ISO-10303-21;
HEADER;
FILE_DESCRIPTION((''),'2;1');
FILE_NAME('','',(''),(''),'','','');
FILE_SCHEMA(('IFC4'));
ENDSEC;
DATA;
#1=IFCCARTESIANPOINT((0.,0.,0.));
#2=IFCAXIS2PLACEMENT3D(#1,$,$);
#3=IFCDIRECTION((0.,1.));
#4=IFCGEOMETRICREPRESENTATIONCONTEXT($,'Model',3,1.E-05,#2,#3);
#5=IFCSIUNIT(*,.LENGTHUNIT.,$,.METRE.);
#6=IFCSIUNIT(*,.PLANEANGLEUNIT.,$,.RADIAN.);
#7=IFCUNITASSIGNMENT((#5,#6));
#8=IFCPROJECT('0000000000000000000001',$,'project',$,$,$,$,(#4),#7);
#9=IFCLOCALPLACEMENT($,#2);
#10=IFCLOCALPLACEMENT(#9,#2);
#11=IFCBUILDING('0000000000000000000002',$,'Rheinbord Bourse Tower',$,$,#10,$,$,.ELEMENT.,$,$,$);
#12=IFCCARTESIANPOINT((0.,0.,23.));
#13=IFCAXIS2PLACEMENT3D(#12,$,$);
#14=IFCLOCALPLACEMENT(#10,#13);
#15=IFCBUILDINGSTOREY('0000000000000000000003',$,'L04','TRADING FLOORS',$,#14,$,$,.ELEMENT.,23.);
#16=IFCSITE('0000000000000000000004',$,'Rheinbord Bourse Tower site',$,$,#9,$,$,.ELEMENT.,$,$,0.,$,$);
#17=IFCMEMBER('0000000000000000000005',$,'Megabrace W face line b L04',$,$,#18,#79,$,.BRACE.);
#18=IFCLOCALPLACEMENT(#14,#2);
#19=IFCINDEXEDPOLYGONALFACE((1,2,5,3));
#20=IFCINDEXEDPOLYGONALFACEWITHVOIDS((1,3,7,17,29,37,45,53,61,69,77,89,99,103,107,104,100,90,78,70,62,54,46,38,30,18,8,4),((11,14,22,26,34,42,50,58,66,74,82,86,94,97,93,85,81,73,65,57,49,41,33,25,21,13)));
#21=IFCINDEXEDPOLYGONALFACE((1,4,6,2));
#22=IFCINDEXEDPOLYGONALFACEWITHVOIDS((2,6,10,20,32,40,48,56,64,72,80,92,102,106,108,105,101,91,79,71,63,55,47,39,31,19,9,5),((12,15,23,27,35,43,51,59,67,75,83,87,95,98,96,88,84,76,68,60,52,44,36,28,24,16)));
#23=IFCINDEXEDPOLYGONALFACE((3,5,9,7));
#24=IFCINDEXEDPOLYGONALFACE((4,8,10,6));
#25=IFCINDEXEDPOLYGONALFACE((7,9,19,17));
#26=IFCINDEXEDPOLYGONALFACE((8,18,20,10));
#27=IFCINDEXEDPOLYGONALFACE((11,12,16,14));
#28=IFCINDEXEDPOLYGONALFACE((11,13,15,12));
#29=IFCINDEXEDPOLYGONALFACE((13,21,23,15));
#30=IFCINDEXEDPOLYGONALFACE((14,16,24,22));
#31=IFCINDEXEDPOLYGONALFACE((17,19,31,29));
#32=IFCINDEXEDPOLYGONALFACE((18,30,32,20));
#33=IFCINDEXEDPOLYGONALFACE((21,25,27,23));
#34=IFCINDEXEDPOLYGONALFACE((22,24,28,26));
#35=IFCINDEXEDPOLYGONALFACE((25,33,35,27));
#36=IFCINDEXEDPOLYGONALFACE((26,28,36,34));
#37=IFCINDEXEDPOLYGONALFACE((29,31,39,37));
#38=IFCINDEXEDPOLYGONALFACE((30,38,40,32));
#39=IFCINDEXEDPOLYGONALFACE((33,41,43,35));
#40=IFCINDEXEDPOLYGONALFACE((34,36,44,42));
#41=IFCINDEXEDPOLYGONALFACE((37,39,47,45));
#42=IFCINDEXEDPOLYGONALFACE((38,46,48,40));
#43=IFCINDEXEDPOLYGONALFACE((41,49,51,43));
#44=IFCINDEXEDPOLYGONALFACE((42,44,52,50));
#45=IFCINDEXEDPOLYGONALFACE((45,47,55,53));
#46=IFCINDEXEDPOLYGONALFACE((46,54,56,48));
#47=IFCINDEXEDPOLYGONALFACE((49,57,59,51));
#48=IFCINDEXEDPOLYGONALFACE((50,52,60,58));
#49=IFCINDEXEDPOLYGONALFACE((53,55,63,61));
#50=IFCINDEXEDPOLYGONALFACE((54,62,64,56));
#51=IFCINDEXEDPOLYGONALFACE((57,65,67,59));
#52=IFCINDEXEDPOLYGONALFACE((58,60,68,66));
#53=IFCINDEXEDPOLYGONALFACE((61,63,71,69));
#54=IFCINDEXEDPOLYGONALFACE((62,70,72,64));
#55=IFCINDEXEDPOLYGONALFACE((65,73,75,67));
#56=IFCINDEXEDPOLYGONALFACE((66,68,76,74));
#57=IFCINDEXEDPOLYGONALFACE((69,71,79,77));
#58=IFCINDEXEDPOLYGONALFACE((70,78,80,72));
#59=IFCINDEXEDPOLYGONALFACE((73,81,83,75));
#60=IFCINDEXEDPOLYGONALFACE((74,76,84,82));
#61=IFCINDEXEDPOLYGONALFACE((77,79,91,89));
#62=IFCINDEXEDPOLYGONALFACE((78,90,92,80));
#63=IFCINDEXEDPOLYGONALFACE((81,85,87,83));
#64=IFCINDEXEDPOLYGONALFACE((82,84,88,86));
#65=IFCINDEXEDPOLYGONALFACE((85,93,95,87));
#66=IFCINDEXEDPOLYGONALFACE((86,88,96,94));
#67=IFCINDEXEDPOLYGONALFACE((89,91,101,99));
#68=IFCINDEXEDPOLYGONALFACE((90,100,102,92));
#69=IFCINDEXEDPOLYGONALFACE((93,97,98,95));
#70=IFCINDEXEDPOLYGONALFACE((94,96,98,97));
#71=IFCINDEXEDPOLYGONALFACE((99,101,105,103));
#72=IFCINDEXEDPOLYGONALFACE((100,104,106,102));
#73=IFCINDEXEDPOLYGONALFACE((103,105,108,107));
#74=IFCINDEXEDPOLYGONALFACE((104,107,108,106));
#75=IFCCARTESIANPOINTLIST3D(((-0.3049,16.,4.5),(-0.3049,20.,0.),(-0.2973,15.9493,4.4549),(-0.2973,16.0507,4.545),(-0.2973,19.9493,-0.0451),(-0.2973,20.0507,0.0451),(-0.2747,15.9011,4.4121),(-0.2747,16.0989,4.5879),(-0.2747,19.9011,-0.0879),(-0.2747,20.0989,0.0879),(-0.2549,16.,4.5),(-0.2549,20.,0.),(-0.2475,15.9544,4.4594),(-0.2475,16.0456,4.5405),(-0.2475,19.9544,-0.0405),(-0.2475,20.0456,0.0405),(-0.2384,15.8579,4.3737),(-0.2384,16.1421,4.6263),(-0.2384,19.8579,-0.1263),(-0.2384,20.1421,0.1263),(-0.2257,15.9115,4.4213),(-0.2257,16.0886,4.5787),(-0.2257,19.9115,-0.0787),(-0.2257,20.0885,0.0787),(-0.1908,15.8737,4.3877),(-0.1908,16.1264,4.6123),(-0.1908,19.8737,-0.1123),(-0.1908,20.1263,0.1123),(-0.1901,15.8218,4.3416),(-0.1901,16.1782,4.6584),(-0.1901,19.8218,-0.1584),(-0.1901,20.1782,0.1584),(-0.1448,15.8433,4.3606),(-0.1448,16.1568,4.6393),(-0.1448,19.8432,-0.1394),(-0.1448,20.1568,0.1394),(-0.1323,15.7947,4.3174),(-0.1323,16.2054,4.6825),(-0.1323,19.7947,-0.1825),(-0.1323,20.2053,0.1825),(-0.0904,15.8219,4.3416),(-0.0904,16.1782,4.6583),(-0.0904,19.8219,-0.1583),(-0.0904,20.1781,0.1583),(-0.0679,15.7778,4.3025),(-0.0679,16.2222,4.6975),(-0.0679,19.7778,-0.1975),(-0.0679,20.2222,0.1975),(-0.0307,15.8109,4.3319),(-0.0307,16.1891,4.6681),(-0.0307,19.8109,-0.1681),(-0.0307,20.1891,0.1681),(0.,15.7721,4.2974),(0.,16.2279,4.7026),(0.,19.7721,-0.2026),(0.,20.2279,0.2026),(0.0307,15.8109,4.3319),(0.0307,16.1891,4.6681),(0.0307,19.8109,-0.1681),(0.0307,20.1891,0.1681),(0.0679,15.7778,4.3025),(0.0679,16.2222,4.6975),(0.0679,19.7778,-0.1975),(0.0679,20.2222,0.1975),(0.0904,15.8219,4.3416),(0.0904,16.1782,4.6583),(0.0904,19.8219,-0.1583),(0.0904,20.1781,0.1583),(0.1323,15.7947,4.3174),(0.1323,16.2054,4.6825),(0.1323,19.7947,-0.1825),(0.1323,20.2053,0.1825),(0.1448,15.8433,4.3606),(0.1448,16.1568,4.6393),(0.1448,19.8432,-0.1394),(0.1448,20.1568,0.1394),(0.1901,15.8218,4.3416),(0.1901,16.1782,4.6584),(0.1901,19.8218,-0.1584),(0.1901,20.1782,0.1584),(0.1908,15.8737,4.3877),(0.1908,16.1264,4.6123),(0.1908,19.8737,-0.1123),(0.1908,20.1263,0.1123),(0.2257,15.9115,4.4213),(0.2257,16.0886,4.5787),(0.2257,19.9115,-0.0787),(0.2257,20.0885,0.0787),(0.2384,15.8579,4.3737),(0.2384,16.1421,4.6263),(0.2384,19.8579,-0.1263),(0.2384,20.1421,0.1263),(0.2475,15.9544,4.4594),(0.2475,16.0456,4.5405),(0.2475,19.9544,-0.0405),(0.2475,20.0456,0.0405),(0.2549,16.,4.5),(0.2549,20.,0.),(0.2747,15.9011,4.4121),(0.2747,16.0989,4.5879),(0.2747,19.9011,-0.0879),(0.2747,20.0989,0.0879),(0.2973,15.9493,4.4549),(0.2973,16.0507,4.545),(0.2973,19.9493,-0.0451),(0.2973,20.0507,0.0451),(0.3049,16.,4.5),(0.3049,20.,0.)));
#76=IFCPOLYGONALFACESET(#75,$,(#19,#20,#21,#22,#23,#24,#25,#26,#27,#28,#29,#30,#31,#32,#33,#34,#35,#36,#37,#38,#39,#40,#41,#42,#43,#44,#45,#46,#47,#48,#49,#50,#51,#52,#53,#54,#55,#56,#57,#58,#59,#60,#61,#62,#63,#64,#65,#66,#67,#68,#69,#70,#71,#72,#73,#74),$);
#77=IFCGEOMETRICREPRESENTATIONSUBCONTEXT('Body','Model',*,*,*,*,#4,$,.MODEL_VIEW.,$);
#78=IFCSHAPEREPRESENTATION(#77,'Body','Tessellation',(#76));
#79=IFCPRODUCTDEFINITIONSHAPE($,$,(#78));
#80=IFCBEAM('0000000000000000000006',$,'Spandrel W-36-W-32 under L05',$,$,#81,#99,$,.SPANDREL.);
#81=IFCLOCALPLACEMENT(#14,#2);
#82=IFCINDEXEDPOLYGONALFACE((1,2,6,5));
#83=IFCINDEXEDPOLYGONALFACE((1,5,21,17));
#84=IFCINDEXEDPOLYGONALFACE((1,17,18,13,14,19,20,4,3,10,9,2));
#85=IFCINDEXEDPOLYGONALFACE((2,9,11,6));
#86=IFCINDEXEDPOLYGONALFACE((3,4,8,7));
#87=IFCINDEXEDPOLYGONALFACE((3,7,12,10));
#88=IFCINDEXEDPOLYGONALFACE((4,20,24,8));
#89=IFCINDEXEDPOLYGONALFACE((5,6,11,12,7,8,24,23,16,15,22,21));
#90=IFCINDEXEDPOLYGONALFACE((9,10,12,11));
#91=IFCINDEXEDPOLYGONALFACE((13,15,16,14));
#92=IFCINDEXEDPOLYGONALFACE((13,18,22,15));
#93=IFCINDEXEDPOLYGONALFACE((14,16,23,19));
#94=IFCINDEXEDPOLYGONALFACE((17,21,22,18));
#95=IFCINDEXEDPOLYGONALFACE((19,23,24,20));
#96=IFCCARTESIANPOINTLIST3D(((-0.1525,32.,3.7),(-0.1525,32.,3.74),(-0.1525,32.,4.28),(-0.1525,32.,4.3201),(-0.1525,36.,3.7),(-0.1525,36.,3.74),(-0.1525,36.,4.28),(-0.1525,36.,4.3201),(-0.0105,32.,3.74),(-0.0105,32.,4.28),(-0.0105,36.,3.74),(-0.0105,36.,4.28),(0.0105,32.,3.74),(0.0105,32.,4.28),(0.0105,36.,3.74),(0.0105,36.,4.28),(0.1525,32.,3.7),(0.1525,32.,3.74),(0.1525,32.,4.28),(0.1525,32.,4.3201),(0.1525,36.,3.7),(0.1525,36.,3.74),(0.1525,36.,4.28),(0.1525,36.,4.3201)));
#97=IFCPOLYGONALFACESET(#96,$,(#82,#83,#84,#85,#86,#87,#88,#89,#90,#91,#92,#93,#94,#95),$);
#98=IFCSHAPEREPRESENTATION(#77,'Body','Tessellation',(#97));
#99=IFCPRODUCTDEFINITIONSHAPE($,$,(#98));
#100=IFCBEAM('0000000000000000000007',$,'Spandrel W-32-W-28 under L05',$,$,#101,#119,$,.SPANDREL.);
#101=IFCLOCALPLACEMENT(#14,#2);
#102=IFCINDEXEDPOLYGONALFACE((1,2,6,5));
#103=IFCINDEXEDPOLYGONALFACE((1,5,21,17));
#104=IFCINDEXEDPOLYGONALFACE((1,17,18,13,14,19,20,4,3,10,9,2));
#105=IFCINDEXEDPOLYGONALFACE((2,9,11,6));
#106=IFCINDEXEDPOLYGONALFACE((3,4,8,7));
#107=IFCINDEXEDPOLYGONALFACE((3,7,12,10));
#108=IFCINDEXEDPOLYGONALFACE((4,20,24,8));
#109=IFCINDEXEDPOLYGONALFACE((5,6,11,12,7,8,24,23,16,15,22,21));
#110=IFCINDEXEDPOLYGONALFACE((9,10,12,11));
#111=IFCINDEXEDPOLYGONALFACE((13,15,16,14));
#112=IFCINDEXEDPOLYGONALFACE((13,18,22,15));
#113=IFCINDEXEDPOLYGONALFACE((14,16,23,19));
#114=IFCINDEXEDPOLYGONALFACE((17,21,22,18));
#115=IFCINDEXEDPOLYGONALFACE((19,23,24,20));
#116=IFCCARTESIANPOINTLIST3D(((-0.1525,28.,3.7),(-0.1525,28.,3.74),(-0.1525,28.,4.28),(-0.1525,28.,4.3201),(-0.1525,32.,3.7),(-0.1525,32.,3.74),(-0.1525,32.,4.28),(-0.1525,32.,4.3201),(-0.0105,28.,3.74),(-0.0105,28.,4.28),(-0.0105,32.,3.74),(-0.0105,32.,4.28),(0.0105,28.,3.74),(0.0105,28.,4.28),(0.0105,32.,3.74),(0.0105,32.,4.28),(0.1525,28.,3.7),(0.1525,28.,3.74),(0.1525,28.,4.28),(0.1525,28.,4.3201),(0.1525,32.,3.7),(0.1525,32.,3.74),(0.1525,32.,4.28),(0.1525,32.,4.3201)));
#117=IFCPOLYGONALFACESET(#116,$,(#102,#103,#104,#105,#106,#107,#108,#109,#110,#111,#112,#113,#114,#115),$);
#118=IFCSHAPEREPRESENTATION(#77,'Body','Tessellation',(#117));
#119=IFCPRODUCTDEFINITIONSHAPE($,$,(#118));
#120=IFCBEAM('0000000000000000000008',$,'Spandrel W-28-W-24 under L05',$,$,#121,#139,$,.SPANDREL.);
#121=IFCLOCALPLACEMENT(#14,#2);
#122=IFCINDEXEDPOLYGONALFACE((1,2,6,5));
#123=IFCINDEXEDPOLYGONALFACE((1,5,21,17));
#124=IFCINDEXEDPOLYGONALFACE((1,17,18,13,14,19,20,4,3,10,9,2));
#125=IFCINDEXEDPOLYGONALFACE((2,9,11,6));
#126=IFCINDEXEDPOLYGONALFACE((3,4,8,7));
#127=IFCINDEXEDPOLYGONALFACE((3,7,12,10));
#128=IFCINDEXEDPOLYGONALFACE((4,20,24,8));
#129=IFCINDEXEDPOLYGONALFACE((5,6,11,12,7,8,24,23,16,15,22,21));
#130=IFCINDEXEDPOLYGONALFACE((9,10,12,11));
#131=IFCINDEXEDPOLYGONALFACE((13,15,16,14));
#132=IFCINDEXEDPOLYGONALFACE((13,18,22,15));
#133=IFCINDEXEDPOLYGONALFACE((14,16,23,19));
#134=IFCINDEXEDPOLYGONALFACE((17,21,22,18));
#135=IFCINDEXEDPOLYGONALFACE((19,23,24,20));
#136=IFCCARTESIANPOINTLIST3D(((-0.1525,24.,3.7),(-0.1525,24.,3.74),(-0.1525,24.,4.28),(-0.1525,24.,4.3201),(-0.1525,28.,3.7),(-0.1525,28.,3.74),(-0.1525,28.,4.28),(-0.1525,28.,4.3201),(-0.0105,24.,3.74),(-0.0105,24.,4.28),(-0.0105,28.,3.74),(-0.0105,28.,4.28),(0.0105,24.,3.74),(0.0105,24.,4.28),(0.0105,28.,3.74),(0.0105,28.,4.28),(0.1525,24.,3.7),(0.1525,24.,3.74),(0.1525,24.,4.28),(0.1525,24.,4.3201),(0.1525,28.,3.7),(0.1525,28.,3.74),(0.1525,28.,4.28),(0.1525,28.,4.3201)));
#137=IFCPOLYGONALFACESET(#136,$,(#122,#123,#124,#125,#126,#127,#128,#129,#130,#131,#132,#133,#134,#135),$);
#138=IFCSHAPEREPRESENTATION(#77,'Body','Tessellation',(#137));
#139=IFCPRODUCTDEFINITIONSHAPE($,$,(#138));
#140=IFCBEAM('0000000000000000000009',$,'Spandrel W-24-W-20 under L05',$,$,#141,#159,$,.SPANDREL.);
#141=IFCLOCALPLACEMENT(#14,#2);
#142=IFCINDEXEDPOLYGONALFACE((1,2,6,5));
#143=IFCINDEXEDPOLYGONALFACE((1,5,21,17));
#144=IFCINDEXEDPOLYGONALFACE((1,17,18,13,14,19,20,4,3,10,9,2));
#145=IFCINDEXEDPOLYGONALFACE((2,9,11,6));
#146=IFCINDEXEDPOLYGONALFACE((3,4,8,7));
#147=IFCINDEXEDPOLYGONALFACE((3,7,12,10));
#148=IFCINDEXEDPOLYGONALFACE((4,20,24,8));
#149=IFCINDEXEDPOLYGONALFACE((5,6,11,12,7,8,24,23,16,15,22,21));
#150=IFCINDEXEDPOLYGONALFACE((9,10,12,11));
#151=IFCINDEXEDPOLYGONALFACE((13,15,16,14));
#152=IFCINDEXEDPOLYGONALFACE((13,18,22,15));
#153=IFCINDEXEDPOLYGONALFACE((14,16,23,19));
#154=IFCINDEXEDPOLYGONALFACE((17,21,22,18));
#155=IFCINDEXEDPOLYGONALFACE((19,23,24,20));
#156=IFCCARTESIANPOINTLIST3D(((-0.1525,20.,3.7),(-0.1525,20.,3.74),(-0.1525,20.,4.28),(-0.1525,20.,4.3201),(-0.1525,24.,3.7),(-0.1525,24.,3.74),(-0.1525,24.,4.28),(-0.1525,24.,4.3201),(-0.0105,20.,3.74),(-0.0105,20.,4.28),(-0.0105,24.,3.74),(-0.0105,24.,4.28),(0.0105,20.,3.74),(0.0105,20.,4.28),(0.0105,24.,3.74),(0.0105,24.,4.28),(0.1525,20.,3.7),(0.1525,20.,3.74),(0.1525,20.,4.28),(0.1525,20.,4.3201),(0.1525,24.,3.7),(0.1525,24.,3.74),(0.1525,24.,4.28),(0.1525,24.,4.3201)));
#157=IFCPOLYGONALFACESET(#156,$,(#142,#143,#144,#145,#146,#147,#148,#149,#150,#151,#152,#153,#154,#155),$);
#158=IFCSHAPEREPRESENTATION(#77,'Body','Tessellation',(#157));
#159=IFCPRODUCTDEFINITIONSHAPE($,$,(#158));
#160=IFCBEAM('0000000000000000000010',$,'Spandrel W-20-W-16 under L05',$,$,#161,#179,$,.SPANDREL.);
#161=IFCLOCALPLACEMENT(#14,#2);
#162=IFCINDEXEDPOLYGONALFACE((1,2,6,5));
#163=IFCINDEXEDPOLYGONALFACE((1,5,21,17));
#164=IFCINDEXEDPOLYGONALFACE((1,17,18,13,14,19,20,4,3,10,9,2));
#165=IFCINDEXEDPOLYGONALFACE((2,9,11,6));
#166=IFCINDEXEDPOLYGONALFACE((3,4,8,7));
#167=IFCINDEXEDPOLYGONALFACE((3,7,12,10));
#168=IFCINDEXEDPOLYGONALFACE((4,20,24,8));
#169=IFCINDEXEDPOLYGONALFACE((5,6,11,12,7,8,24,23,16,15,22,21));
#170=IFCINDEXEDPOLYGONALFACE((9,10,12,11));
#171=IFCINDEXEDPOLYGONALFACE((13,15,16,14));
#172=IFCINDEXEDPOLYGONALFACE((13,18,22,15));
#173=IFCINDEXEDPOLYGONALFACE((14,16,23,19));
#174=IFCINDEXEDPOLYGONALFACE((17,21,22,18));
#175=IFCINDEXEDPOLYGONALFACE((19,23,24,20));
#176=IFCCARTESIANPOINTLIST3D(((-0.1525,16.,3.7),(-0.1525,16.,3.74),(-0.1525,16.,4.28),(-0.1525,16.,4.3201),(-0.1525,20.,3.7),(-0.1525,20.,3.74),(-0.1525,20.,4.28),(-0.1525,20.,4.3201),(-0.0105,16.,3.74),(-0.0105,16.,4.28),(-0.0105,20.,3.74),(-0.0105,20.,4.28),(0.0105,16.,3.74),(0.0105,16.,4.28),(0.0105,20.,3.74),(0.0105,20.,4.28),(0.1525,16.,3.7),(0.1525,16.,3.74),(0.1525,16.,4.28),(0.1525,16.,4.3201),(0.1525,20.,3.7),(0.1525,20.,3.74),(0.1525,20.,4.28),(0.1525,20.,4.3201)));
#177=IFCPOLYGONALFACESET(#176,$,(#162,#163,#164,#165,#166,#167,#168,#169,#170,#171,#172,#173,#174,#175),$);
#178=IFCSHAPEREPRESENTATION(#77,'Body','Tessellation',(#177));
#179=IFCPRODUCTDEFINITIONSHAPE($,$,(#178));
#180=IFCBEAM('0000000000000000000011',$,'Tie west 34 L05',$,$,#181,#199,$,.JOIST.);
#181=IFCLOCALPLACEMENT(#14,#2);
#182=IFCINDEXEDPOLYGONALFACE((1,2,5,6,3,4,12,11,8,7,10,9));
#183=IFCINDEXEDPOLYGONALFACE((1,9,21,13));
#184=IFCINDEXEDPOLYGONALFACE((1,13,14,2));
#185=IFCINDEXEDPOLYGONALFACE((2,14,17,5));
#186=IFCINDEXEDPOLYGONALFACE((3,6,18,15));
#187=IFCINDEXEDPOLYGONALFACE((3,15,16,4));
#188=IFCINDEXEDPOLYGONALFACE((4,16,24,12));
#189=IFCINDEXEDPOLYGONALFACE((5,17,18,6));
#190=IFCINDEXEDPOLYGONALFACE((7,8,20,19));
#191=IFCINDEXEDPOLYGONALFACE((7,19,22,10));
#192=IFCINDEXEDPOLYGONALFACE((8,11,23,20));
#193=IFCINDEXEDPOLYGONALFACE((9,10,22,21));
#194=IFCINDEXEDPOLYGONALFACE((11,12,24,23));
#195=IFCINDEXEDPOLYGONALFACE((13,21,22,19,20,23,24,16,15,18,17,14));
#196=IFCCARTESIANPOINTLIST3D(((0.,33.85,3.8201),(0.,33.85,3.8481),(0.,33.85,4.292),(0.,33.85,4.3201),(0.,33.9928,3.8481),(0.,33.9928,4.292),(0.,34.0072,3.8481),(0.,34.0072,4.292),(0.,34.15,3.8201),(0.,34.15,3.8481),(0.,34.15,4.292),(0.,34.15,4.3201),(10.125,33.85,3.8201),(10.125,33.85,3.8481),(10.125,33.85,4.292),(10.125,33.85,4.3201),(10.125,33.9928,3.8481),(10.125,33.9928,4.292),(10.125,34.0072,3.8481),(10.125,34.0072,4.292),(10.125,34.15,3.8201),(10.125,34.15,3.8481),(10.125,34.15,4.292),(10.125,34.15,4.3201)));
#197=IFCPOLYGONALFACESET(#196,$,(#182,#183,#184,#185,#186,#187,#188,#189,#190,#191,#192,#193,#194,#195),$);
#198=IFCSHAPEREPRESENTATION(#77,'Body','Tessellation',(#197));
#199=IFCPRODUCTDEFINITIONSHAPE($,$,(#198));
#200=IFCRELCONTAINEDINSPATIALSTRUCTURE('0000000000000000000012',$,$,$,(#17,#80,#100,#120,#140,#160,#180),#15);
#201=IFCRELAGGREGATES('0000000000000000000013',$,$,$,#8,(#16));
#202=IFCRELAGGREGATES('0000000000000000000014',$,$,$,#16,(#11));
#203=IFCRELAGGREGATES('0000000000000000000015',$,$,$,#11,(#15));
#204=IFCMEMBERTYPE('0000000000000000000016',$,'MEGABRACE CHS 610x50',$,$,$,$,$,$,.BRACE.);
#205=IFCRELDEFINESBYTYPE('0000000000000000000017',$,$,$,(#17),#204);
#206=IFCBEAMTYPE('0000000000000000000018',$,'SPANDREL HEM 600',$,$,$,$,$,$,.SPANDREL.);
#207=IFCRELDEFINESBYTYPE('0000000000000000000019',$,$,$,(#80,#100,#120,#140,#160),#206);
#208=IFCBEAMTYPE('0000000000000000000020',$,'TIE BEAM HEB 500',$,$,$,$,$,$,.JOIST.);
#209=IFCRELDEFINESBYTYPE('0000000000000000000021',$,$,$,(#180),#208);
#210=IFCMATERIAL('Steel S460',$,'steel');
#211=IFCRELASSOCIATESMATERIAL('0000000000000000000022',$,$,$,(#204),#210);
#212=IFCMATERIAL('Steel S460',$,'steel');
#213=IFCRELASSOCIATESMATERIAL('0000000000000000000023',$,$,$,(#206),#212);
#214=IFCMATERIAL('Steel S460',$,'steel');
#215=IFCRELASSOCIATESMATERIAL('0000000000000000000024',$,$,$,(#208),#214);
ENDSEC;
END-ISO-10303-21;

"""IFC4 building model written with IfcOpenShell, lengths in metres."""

from ifc_helpers import new_model, si_unit, direction, frame, origin, origin_2d, place, context, subcontext, project, spatial, hollow_circle, i_section, extrude, material, material_profile, profile_set, type_object, element, save


model = new_model("IFC4")

# Units and contexts
model_context = context("Model", 3, precision=1e-05, world=origin(), true_north=direction((0.0, 1.0)))
body_context = subcontext(model_context, "Body", "Model", "MODEL_VIEW")
ifc_project = project(units=[si_unit("LENGTHUNIT", "METRE"), si_unit("PLANEANGLEUNIT", "RADIAN")], contexts=[model_context])

# Site, building, storey
site_placement = place(None, origin())
site = spatial("IfcSite", under=ifc_project, at=site_placement, Name="Rheinbord Bourse Tower site", CompositionType="ELEMENT", RefElevation=0.0)
building_placement = place(site_placement, origin())
building = spatial("IfcBuilding", under=site, at=building_placement, Name="Rheinbord Bourse Tower", CompositionType="ELEMENT")
storey_placement = place(building_placement, frame((0.0, 0.0, 23.0)))
storey = spatial("IfcBuildingStorey", under=building, at=storey_placement, Name="L04", Description="TRADING FLOORS", CompositionType="ELEMENT", Elevation=23.0)

# Member
ifc_material_1 = material(Name="Steel S460", Category="steel")
ifc_material_profile_1 = material_profile(ifc_material_1, hollow_circle(Radius=0.3049, WallThickness=0.05, at=origin_2d()), Name="CHS 610x50")
ifc_profile_set_1 = profile_set([ifc_material_profile_1], Name="Steel S460")
member_type_1 = type_object("IfcMemberType", Name="MEGABRACE CHS 610x50", PredefinedType="BRACE", material=ifc_profile_set_1)
for number, where, z_axis, x_axis, name in (
    (1, (0.0, 20.0, 0.0), (0.0, -0.664364, 0.747409), (1.0, 0.0, 0.0), "Megabrace W face line b L04"),
):
    element("IfcMember", number, at=place(storey_placement, frame(where, z_axis=z_axis, x_axis=x_axis)), inside=storey, type_object=member_type_1, Name=name, PredefinedType="BRACE", context=body_context, shape_type="SweptSolid", body=[
        extrude(hollow_circle(Radius=0.3049, WallThickness=0.05, at=origin_2d()), origin(), (0.0, 0.0, 1.0), 6.0208),
    ])

# Beams
ifc_material_2 = material(Name="Steel S460", Category="steel")
ifc_material_profile_2 = material_profile(ifc_material_2, i_section(OverallWidth=0.3049, OverallDepth=0.6201, WebThickness=0.021, FlangeThickness=0.04, at=origin_2d()), Name="HEM 600")
ifc_profile_set_2 = profile_set([ifc_material_profile_2], Name="Steel S460")
beam_type_1 = type_object("IfcBeamType", Name="SPANDREL HEM 600", PredefinedType="SPANDREL", material=ifc_profile_set_2)
for number, where, z_axis, x_axis, name in (
    (2, (0.0, 36.0, 4.01), (0.0, -1.0, 0.0), (1.0, 0.0, 0.0), "Spandrel W-36-W-32 under L05"),
    (3, (0.0, 32.0, 4.01), (0.0, -1.0, 0.0), (1.0, 0.0, 0.0), "Spandrel W-32-W-28 under L05"),
    (4, (0.0, 28.0, 4.01), (0.0, -1.0, 0.0), (1.0, 0.0, 0.0), "Spandrel W-28-W-24 under L05"),
    (5, (0.0, 24.0, 4.01), (0.0, -1.0, 0.0), (1.0, 0.0, 0.0), "Spandrel W-24-W-20 under L05"),
    (6, (0.0, 20.0, 4.01), (0.0, -1.0, 0.0), (1.0, 0.0, 0.0), "Spandrel W-20-W-16 under L05"),
):
    element("IfcBeam", number, at=place(storey_placement, frame(where, z_axis=z_axis, x_axis=x_axis)), inside=storey, type_object=beam_type_1, Name=name, PredefinedType="SPANDREL", context=body_context, shape_type="SweptSolid", body=[
        extrude(i_section(OverallWidth=0.3049, OverallDepth=0.6201, WebThickness=0.021, FlangeThickness=0.04, at=origin_2d()), origin(), (0.0, 0.0, 1.0), 4.0),
    ])
ifc_material_3 = material(Name="Steel S460", Category="steel")
ifc_material_profile_3 = material_profile(ifc_material_3, i_section(OverallWidth=0.3, OverallDepth=0.5, WebThickness=0.0144, FlangeThickness=0.0281, at=origin_2d()), Name="HEB 500")
ifc_profile_set_3 = profile_set([ifc_material_profile_3], Name="Steel S460")
beam_type_2 = type_object("IfcBeamType", Name="TIE BEAM HEB 500", PredefinedType="JOIST", material=ifc_profile_set_3)
beam_1_placement = place(storey_placement, frame((0.0, 34.0, 4.0701), z_axis=(1.0, 0.0, 0.0), x_axis=(0.0, 1.0, 0.0)))
element("IfcBeam", 7, at=beam_1_placement, inside=storey, type_object=beam_type_2, Name="Tie west 34 L05", PredefinedType="JOIST", context=body_context, shape_type="SweptSolid", body=[
    extrude(i_section(OverallWidth=0.3, OverallDepth=0.5, WebThickness=0.0144, FlangeThickness=0.0281, at=origin_2d()), origin(), (0.0, 0.0, 1.0), 10.125),
])

save(model, "model.ifc")
